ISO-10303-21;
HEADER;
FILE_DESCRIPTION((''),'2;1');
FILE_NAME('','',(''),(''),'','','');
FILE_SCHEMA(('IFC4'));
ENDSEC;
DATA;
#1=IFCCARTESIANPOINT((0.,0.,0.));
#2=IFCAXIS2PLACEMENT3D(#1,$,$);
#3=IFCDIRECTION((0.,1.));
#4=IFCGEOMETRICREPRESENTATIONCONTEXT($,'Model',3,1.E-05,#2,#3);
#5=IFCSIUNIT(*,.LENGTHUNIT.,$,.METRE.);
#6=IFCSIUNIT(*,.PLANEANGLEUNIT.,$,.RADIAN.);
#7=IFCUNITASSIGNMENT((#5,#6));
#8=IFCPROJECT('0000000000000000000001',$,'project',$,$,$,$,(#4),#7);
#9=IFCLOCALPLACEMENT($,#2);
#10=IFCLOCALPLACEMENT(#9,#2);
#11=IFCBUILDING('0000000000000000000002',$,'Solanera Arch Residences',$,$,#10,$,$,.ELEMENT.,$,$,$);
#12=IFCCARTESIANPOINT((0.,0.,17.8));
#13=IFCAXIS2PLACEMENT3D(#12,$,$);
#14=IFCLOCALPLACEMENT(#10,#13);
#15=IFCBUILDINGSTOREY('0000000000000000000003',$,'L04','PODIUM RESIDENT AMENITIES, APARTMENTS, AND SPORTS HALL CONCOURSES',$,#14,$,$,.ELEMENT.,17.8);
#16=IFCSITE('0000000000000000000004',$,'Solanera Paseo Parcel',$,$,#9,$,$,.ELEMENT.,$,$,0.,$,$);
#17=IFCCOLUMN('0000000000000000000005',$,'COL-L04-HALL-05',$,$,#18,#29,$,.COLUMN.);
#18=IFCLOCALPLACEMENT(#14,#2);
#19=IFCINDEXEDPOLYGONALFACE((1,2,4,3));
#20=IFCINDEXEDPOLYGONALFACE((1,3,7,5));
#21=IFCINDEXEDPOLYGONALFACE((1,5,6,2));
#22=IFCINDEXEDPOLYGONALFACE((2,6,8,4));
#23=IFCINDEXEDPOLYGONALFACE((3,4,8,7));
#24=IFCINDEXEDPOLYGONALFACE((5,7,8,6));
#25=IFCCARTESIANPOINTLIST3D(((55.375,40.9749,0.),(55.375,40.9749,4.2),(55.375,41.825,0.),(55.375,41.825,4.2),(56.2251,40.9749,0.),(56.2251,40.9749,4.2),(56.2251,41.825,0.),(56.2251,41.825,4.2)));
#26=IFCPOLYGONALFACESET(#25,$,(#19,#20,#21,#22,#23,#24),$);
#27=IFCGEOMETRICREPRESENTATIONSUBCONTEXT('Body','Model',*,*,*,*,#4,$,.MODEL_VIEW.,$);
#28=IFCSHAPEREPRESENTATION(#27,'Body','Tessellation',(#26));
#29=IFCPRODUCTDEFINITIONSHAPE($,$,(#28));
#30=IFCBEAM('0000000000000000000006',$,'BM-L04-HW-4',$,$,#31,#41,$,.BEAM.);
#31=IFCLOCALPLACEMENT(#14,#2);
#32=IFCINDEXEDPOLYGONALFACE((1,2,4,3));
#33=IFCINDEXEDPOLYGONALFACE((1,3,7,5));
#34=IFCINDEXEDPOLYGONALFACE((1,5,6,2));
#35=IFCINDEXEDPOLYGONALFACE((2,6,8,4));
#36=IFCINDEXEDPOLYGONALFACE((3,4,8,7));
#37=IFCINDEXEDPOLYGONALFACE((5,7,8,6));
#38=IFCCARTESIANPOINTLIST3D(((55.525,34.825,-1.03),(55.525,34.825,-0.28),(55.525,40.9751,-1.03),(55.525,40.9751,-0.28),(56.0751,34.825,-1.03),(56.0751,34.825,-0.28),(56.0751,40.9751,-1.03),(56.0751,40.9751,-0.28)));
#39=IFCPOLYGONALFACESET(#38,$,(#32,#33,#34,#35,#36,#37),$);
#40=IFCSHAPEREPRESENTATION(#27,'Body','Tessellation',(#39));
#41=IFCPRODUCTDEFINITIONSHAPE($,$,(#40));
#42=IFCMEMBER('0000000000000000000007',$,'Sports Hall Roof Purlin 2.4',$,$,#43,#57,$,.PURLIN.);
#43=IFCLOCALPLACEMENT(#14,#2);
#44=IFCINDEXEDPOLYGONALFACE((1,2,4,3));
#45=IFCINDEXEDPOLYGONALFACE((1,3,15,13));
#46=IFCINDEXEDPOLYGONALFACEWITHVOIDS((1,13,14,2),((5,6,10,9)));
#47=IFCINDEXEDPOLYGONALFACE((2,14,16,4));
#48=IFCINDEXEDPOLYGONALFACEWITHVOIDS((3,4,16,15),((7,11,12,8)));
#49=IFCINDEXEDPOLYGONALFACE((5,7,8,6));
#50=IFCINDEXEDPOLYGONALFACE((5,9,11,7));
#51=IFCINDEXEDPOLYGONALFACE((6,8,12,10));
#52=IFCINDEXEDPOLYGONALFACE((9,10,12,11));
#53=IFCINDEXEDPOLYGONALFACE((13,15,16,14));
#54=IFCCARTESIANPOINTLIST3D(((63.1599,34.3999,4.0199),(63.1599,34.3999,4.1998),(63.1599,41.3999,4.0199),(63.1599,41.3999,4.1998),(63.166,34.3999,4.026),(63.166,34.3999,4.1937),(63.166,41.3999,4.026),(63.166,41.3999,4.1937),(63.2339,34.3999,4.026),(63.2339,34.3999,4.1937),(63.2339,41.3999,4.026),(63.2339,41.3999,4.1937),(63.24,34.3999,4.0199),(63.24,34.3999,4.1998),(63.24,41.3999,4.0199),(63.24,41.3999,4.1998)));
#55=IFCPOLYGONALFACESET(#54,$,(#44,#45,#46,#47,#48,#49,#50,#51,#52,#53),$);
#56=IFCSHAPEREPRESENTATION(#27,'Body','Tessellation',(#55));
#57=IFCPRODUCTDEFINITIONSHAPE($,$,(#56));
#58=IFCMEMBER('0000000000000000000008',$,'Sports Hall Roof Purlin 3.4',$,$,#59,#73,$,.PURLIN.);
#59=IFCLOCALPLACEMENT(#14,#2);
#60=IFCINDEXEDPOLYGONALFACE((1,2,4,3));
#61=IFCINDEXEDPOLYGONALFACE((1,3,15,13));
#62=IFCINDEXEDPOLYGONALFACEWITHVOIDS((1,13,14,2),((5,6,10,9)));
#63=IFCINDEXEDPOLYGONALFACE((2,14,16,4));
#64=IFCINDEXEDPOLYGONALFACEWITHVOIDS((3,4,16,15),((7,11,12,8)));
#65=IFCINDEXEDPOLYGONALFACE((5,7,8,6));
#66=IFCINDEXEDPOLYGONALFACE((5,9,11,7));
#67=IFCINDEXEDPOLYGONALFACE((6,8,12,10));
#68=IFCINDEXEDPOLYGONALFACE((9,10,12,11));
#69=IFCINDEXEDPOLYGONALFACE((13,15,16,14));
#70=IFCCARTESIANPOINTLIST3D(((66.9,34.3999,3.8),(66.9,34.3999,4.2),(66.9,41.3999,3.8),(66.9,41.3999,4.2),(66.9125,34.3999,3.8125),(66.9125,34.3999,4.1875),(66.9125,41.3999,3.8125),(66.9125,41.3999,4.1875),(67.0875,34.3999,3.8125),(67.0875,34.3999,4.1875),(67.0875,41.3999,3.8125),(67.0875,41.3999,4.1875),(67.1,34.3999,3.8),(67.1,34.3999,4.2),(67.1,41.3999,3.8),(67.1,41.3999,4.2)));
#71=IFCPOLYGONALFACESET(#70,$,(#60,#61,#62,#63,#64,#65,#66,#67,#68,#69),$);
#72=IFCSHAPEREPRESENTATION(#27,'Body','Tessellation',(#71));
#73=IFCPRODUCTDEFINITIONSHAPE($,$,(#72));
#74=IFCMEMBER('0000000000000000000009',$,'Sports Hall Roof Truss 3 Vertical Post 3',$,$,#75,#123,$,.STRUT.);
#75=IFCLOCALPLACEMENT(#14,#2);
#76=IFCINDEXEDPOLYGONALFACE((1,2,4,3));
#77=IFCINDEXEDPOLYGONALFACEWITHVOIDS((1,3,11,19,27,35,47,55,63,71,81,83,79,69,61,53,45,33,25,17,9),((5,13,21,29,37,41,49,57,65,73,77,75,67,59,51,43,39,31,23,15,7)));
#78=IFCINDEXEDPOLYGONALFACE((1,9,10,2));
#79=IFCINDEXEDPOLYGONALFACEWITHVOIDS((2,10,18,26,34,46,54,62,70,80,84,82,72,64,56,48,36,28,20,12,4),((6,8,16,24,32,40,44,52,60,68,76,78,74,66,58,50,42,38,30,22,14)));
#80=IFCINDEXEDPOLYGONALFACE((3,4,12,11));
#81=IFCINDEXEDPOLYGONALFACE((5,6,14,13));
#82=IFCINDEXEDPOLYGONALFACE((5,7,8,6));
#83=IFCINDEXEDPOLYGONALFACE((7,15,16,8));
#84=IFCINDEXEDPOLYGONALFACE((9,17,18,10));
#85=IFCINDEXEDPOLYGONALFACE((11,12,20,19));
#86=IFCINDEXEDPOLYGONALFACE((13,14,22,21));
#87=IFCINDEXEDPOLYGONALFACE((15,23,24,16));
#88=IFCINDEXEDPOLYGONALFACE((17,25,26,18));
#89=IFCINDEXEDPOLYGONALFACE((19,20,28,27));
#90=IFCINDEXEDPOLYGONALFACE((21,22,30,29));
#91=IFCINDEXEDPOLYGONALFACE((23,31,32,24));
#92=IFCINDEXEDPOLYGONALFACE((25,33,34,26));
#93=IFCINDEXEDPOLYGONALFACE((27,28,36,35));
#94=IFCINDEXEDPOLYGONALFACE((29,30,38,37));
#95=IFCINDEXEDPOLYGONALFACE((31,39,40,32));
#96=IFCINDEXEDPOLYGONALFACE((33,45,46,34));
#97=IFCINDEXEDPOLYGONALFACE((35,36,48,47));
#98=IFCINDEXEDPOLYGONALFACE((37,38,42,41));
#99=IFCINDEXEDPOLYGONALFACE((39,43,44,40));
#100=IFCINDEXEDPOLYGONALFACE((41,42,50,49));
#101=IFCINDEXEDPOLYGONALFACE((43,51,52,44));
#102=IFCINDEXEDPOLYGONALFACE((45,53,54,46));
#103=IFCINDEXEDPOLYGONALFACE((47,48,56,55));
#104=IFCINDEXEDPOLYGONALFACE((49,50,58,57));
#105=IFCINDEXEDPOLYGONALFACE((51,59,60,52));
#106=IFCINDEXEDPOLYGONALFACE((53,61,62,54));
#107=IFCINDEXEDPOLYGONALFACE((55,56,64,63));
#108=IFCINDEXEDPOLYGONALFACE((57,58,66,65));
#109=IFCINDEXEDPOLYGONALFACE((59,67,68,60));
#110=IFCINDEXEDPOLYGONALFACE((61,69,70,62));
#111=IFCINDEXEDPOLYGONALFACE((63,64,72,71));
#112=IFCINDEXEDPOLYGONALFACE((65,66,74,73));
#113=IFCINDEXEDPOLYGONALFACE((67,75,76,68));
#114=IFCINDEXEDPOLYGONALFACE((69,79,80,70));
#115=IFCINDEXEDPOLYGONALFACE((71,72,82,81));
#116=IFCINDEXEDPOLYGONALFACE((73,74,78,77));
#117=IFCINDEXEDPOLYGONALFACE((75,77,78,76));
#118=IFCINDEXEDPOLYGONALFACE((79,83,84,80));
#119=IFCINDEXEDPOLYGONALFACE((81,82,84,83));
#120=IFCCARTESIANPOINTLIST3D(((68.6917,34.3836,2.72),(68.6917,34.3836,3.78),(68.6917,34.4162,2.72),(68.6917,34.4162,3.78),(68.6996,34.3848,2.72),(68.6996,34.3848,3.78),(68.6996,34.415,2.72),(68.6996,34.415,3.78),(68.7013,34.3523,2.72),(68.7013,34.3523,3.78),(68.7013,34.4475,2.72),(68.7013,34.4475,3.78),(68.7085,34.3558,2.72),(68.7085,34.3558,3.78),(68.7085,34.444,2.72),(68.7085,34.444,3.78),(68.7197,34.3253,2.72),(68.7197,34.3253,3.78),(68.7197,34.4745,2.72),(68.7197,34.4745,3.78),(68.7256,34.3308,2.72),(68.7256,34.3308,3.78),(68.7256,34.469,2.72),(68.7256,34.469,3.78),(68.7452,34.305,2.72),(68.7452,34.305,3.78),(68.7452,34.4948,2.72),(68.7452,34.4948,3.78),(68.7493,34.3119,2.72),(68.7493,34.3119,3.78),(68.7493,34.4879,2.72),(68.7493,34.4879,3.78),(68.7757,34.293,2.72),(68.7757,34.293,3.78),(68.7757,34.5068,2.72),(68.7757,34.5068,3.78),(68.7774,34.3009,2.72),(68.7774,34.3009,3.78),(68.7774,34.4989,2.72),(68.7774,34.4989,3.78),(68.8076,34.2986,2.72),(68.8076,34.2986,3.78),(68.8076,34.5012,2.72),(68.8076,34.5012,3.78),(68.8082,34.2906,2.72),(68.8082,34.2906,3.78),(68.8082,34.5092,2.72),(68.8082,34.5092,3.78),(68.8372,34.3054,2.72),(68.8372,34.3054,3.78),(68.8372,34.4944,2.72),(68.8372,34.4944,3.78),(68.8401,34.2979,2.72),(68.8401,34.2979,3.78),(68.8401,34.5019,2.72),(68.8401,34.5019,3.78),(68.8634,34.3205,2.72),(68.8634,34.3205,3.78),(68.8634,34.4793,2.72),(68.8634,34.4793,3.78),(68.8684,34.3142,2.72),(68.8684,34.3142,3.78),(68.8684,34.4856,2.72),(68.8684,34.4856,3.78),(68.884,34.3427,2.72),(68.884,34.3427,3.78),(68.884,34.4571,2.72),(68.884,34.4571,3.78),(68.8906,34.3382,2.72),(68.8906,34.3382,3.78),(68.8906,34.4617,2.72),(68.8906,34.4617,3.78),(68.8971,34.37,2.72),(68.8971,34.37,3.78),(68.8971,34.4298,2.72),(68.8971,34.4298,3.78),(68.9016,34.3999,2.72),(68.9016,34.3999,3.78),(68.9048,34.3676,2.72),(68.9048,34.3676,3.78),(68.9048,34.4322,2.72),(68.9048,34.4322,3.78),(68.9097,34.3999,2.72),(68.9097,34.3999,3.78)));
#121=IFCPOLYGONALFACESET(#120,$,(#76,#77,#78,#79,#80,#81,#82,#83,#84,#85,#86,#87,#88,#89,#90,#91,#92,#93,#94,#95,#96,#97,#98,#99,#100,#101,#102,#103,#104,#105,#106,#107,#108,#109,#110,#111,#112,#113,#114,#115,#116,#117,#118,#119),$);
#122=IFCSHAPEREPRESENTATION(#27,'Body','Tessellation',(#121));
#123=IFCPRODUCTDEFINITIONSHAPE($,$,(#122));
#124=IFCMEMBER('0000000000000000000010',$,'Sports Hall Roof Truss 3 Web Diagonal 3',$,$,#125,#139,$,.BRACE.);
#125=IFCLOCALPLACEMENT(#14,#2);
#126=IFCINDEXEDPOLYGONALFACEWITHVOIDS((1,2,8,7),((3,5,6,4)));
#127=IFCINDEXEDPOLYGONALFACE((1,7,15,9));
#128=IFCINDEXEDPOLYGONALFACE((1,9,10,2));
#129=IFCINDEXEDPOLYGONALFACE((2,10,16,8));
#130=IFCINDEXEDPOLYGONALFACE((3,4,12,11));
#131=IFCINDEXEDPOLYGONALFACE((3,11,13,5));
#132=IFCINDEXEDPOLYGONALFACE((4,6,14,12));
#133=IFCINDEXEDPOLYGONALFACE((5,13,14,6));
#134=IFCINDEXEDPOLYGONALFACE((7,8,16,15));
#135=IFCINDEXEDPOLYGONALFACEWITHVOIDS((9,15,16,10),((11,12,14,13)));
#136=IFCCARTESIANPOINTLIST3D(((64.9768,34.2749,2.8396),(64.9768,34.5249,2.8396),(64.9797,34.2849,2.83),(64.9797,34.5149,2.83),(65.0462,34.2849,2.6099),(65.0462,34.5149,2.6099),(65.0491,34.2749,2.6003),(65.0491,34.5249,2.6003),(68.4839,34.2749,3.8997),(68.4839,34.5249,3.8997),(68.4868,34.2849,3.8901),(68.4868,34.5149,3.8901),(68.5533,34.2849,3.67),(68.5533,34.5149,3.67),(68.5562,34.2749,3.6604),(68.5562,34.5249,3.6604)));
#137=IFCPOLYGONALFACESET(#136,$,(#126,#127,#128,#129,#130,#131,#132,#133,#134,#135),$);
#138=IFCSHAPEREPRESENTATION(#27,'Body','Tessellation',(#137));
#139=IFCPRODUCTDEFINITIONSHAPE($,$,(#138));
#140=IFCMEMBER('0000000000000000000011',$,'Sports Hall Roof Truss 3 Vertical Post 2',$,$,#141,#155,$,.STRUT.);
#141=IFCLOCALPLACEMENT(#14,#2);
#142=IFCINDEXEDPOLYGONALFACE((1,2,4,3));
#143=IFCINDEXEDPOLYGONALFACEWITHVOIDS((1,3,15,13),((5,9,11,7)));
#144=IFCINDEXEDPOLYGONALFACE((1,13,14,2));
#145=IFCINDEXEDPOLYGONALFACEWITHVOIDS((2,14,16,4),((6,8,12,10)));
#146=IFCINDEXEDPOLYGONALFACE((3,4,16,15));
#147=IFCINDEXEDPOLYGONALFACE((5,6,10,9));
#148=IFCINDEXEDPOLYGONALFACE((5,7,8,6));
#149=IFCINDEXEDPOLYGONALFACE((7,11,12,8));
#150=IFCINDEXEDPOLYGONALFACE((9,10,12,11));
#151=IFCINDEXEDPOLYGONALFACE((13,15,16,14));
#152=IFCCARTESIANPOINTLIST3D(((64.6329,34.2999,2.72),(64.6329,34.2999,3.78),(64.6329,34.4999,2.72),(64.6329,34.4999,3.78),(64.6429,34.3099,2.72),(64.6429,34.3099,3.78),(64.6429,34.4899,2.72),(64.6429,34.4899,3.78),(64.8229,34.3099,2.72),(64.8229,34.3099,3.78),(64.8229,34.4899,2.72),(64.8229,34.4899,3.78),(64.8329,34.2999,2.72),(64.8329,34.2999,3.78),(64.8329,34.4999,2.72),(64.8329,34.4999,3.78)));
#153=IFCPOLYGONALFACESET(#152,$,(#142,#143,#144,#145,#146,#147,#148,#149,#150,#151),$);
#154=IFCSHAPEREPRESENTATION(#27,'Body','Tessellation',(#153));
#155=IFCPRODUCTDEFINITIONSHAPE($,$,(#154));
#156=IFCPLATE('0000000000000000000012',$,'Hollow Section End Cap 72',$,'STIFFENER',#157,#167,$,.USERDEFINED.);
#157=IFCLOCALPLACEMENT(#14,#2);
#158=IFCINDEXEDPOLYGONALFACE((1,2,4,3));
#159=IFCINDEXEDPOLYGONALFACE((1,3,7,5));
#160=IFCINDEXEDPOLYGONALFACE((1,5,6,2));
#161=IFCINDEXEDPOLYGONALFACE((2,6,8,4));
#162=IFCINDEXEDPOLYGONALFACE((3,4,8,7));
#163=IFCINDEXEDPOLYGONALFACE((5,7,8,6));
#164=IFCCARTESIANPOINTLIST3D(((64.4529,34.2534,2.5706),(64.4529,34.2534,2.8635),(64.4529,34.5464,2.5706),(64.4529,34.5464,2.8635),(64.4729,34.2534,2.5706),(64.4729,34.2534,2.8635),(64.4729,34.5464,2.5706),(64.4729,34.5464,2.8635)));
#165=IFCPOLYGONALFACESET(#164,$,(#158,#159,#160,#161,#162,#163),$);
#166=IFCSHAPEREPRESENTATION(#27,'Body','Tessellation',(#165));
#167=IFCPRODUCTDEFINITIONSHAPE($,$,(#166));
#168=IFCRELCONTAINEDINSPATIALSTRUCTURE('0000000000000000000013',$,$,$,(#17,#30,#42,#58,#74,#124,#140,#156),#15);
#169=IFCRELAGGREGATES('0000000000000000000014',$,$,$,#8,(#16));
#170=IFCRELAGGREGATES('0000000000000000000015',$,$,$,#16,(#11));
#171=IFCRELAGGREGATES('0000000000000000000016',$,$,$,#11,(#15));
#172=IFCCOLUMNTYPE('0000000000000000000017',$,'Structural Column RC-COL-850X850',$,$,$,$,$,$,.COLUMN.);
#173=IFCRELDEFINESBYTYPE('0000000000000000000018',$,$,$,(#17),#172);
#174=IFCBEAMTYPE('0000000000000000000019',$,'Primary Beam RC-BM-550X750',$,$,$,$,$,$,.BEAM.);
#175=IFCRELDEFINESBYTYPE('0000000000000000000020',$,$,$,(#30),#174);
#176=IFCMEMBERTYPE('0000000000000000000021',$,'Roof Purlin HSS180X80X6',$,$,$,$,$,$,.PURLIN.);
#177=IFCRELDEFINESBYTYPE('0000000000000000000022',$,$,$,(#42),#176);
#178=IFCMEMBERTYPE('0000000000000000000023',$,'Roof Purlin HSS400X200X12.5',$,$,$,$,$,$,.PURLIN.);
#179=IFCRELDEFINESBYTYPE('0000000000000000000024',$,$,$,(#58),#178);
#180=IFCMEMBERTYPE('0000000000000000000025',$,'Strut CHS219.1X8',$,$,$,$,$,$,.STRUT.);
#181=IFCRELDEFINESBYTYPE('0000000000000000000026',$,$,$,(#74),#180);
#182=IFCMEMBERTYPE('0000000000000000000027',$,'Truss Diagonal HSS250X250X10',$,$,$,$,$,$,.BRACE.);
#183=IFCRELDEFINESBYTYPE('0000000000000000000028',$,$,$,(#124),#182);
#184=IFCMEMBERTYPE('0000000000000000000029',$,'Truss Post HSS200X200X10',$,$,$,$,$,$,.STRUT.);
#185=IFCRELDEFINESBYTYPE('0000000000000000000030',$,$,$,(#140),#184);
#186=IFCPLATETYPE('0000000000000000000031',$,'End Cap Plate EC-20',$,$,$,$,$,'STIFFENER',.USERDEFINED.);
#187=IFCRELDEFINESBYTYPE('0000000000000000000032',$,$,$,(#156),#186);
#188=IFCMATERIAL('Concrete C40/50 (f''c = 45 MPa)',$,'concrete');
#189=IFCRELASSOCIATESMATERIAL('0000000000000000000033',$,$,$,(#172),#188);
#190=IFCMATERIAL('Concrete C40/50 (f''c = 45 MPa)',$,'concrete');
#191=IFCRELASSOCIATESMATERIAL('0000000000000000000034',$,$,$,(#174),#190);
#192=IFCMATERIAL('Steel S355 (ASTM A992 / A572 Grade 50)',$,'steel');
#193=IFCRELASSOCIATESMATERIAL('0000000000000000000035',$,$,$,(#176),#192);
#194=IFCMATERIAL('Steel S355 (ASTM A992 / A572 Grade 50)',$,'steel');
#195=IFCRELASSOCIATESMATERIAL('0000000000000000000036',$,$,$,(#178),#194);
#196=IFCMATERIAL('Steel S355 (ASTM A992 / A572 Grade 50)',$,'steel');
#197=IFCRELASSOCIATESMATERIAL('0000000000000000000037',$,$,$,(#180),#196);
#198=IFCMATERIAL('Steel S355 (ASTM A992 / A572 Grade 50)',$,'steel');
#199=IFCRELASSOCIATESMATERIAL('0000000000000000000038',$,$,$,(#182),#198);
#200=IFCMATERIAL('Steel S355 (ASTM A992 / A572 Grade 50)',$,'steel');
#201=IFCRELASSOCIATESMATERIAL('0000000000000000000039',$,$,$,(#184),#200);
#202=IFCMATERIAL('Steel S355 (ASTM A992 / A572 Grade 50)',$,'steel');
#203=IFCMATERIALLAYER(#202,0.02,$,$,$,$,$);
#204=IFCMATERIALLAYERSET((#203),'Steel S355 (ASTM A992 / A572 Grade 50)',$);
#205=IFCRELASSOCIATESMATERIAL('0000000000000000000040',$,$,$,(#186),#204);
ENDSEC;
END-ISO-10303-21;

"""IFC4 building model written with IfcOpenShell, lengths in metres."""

from ifc_helpers import new_model, si_unit, direction, frame, origin, origin_2d, place, context, subcontext, project, spatial, rectangle, hollow_rectangle, hollow_circle, extrude, material, layer, layer_set, material_profile, profile_set, type_object, element, save


model = new_model("IFC4")

# Units and contexts
model_context = context("Model", 3, precision=1e-05, world=origin(), true_north=direction((0.0, 1.0)))
body_context = subcontext(model_context, "Body", "Model", "MODEL_VIEW")
ifc_project = project(units=[si_unit("LENGTHUNIT", "METRE"), si_unit("PLANEANGLEUNIT", "RADIAN")], contexts=[model_context])

# Site, building, storey
site_placement = place(None, origin())
site = spatial("IfcSite", under=ifc_project, at=site_placement, Name="Solanera Paseo Parcel", CompositionType="ELEMENT", RefElevation=0.0)
building_placement = place(site_placement, origin())
building = spatial("IfcBuilding", under=site, at=building_placement, Name="Solanera Arch Residences", CompositionType="ELEMENT")
storey_placement = place(building_placement, frame((0.0, 0.0, 17.8)))
storey = spatial("IfcBuildingStorey", under=building, at=storey_placement, Name="L04", Description="PODIUM RESIDENT AMENITIES, APARTMENTS, AND SPORTS HALL CONCOURSES", CompositionType="ELEMENT", Elevation=17.8)

# Column
ifc_material_1 = material(Name="Concrete C40/50 (f'c = 45 MPa)", Category="concrete")
ifc_material_profile_1 = material_profile(ifc_material_1, rectangle(XDim=0.8501, YDim=0.8501, at=origin_2d()))
ifc_profile_set_1 = profile_set([ifc_material_profile_1], Name="Concrete C40/50 (f'c = 45 MPa)")
column_type = type_object("IfcColumnType", Name="Structural Column RC-COL-850X850", PredefinedType="COLUMN", material=ifc_profile_set_1)
column_placement = place(storey_placement, frame((55.8, 41.3999, 0.0), z_axis=(0.0, 0.0, 1.0), x_axis=(1.0, 0.0, 0.0)))
element("IfcColumn", 1, at=column_placement, inside=storey, type_object=column_type, Name="COL-L04-HALL-05", PredefinedType="COLUMN", context=body_context, shape_type="SweptSolid", body=[
    extrude(rectangle(XDim=0.8501, YDim=0.8501, at=origin_2d()), origin(), (0.0, 0.0, 1.0), 4.2),
])

# Beam
ifc_material_2 = material(Name="Concrete C40/50 (f'c = 45 MPa)", Category="concrete")
ifc_material_profile_2 = material_profile(ifc_material_2, rectangle(XDim=0.55, YDim=0.75, at=origin_2d()))
ifc_profile_set_2 = profile_set([ifc_material_profile_2], Name="Concrete C40/50 (f'c = 45 MPa)")
beam_type = type_object("IfcBeamType", Name="Primary Beam RC-BM-550X750", PredefinedType="BEAM", material=ifc_profile_set_2)
beam_placement = place(storey_placement, frame((55.8, 34.825, -0.655), z_axis=(0.0, 1.0, 0.0), x_axis=(-1.0, 0.0, 0.0)))
element("IfcBeam", 2, at=beam_placement, inside=storey, type_object=beam_type, Name="BM-L04-HW-4", PredefinedType="BEAM", context=body_context, shape_type="SweptSolid", body=[
    extrude(rectangle(XDim=0.55, YDim=0.75, at=origin_2d()), origin(), (0.0, 0.0, 1.0), 6.1501),
])

# Members
ifc_material_3 = material(Name="Steel S355 (ASTM A992 / A572 Grade 50)", Category="steel")
ifc_material_profile_3 = material_profile(ifc_material_3, hollow_rectangle(XDim=0.0801, YDim=0.1799, WallThickness=0.0061, at=origin_2d()))
ifc_profile_set_3 = profile_set([ifc_material_profile_3], Name="Steel S355 (ASTM A992 / A572 Grade 50)")
member_type_1 = type_object("IfcMemberType", Name="Roof Purlin HSS180X80X6", PredefinedType="PURLIN", material=ifc_profile_set_3)
member_1_placement = place(storey_placement, frame((63.2, 34.3999, 4.1099), z_axis=(0.0, 1.0, 0.0), x_axis=(-1.0, 0.0, 0.0)))
element("IfcMember", 3, at=member_1_placement, inside=storey, type_object=member_type_1, Name="Sports Hall Roof Purlin 2.4", PredefinedType="PURLIN", context=body_context, shape_type="SweptSolid", body=[
    extrude(hollow_rectangle(XDim=0.0801, YDim=0.1799, WallThickness=0.0061, at=origin_2d()), origin(), (0.0, 0.0, 1.0), 7.0),
])
ifc_material_4 = material(Name="Steel S355 (ASTM A992 / A572 Grade 50)", Category="steel")
ifc_material_profile_4 = material_profile(ifc_material_4, hollow_rectangle(XDim=0.2, YDim=0.3999, WallThickness=0.0125, at=origin_2d()))
ifc_profile_set_4 = profile_set([ifc_material_profile_4], Name="Steel S355 (ASTM A992 / A572 Grade 50)")
member_type_2 = type_object("IfcMemberType", Name="Roof Purlin HSS400X200X12.5", PredefinedType="PURLIN", material=ifc_profile_set_4)
member_2_placement = place(storey_placement, frame((67.0, 34.3999, 4.0), z_axis=(0.0, 1.0, 0.0), x_axis=(-1.0, 0.0, 0.0)))
element("IfcMember", 4, at=member_2_placement, inside=storey, type_object=member_type_2, Name="Sports Hall Roof Purlin 3.4", PredefinedType="PURLIN", context=body_context, shape_type="SweptSolid", body=[
    extrude(hollow_rectangle(XDim=0.2, YDim=0.3999, WallThickness=0.0125, at=origin_2d()), origin(), (0.0, 0.0, 1.0), 7.0),
])
ifc_material_5 = material(Name="Steel S355 (ASTM A992 / A572 Grade 50)", Category="steel")
ifc_material_profile_5 = material_profile(ifc_material_5, hollow_circle(Radius=0.1096, WallThickness=0.0081, at=origin_2d()))
ifc_profile_set_5 = profile_set([ifc_material_profile_5], Name="Steel S355 (ASTM A992 / A572 Grade 50)")
member_type_3 = type_object("IfcMemberType", Name="Strut CHS219.1X8", PredefinedType="STRUT", material=ifc_profile_set_5)
member_3_placement = place(storey_placement, frame((68.8, 34.3999, 2.72), z_axis=(0.0, 0.0, 1.0), x_axis=(1.0, 0.0, 0.0)))
element("IfcMember", 5, at=member_3_placement, inside=storey, type_object=member_type_3, Name="Sports Hall Roof Truss 3 Vertical Post 3", PredefinedType="STRUT", context=body_context, shape_type="SweptSolid", body=[
    extrude(hollow_circle(Radius=0.1096, WallThickness=0.0081, at=origin_2d()), origin(), (0.0, 0.0, 1.0), 1.0601),
])
ifc_material_6 = material(Name="Steel S355 (ASTM A992 / A572 Grade 50)", Category="steel")
ifc_material_profile_6 = material_profile(ifc_material_6, hollow_rectangle(XDim=0.25, YDim=0.25, WallThickness=0.01, at=origin_2d()))
ifc_profile_set_6 = profile_set([ifc_material_profile_6], Name="Steel S355 (ASTM A992 / A572 Grade 50)")
member_type_4 = type_object("IfcMemberType", Name="Truss Diagonal HSS250X250X10", PredefinedType="BRACE", material=ifc_profile_set_6)
member_4_placement = place(storey_placement, frame((65.0129, 34.3999, 2.72), z_axis=(0.957228, 0.0, 0.289334), x_axis=(0.0, 1.0, 0.0)))
element("IfcMember", 6, at=member_4_placement, inside=storey, type_object=member_type_4, Name="Sports Hall Roof Truss 3 Web Diagonal 3", PredefinedType="BRACE", context=body_context, shape_type="SweptSolid", body=[
    extrude(hollow_rectangle(XDim=0.25, YDim=0.25, WallThickness=0.01, at=origin_2d()), origin(), (0.0, 0.0, 1.0), 3.6638),
])
ifc_material_7 = material(Name="Steel S355 (ASTM A992 / A572 Grade 50)", Category="steel")
ifc_material_profile_7 = material_profile(ifc_material_7, hollow_rectangle(XDim=0.2, YDim=0.2, WallThickness=0.01, at=origin_2d()))
ifc_profile_set_7 = profile_set([ifc_material_profile_7], Name="Steel S355 (ASTM A992 / A572 Grade 50)")
member_type_5 = type_object("IfcMemberType", Name="Truss Post HSS200X200X10", PredefinedType="STRUT", material=ifc_profile_set_7)
member_5_placement = place(storey_placement, frame((64.7329, 34.3999, 2.72), z_axis=(0.0, 0.0, 1.0), x_axis=(1.0, 0.0, 0.0)))
element("IfcMember", 7, at=member_5_placement, inside=storey, type_object=member_type_5, Name="Sports Hall Roof Truss 3 Vertical Post 2", PredefinedType="STRUT", context=body_context, shape_type="SweptSolid", body=[
    extrude(hollow_rectangle(XDim=0.2, YDim=0.2, WallThickness=0.01, at=origin_2d()), origin(), (0.0, 0.0, 1.0), 1.0601),
])

# Plate
ifc_material_8 = material(Name="Steel S355 (ASTM A992 / A572 Grade 50)", Category="steel")
ifc_layer_1 = layer(ifc_material_8, 0.02)
ifc_layer_set_1 = layer_set([ifc_layer_1], Name="Steel S355 (ASTM A992 / A572 Grade 50)")
plate_type_1 = type_object("IfcPlateType", Name="End Cap Plate EC-20", ElementType="STIFFENER", PredefinedType="USERDEFINED", material=ifc_layer_set_1)
plate_1_placement = place(storey_placement, frame((64.4629, 34.3999, 2.5706), z_axis=(0.0, 0.0, 1.0), x_axis=(1.0, 0.0, 0.0)))
element("IfcPlate", 8, at=plate_1_placement, inside=storey, type_object=plate_type_1, Name="Hollow Section End Cap 72", ObjectType="STIFFENER", PredefinedType="USERDEFINED", context=body_context, shape_type="SweptSolid", body=[
    extrude(rectangle(XDim=0.02, YDim=0.293, at=origin_2d()), origin(), (0.0, 0.0, 1.0), 0.293),
])

save(model, "model.ifc")
